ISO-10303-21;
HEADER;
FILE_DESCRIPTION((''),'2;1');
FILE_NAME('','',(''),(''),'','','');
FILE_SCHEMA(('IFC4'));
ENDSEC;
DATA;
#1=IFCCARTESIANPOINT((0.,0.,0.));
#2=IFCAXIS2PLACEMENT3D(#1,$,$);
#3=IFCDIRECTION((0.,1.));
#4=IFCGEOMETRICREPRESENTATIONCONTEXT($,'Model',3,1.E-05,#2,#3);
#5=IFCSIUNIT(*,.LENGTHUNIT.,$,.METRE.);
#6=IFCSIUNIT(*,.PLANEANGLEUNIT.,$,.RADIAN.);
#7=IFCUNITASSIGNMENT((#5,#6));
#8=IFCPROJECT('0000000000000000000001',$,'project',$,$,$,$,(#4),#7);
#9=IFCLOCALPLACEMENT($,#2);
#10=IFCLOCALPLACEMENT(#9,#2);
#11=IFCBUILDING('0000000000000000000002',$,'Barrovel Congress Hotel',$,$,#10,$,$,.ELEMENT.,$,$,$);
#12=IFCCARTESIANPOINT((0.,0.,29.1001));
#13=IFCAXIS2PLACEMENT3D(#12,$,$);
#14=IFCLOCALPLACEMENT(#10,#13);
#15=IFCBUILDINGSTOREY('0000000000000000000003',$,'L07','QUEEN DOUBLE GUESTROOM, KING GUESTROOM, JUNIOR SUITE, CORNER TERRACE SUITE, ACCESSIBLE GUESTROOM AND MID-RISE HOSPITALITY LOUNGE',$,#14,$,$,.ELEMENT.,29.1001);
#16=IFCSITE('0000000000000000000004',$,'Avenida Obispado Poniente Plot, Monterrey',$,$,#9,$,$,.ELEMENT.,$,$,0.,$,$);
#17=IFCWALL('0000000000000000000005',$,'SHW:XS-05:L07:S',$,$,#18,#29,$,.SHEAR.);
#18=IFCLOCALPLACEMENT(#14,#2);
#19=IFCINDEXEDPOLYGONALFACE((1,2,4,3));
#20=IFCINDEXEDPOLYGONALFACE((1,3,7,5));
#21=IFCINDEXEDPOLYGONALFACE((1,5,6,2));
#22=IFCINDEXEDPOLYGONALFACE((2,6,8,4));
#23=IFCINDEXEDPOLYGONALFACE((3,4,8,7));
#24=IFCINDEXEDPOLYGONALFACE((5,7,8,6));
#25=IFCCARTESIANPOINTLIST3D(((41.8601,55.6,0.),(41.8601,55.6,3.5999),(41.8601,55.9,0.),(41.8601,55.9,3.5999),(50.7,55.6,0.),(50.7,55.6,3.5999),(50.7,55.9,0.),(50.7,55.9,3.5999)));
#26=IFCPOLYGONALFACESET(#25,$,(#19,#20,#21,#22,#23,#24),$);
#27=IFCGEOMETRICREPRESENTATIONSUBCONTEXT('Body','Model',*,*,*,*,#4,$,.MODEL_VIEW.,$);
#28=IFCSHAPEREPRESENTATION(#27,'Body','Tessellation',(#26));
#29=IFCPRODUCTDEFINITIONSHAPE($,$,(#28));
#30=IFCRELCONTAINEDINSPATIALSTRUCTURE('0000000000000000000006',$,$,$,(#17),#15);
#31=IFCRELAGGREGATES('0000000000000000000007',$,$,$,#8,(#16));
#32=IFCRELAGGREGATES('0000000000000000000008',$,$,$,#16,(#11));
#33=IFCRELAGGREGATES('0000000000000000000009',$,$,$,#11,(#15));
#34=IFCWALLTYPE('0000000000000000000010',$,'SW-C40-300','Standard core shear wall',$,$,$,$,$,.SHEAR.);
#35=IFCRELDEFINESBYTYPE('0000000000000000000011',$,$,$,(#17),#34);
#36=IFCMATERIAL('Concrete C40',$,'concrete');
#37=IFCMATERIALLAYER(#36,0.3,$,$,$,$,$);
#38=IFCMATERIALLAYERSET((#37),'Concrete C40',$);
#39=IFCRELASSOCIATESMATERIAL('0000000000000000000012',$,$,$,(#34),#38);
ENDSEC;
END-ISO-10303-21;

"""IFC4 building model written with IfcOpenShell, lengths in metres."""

from ifc_helpers import new_model, si_unit, direction, frame, frame_2d, origin, place, context, subcontext, project, spatial, rectangle, extrude, material, layer, layer_set, type_object, element, save


model = new_model("IFC4")

# Units and contexts
model_context = context("Model", 3, precision=1e-05, world=origin(), true_north=direction((0.0, 1.0)))
body_context = subcontext(model_context, "Body", "Model", "MODEL_VIEW")
ifc_project = project(units=[si_unit("LENGTHUNIT", "METRE"), si_unit("PLANEANGLEUNIT", "RADIAN")], contexts=[model_context])

# Site, building, storey
site_placement = place(None, origin())
site = spatial("IfcSite", under=ifc_project, at=site_placement, Name="Avenida Obispado Poniente Plot, Monterrey", CompositionType="ELEMENT", RefElevation=0.0)
building_placement = place(site_placement, origin())
building = spatial("IfcBuilding", under=site, at=building_placement, Name="Barrovel Congress Hotel", CompositionType="ELEMENT")
storey_placement = place(building_placement, frame((0.0, 0.0, 29.1001)))
storey = spatial("IfcBuildingStorey", under=building, at=storey_placement, Name="L07", Description="QUEEN DOUBLE GUESTROOM, KING GUESTROOM, JUNIOR SUITE, CORNER TERRACE SUITE, ACCESSIBLE GUESTROOM AND MID-RISE HOSPITALITY LOUNGE", CompositionType="ELEMENT", Elevation=29.1001)

# Shared definitions
ifc_material_1 = material(Name="Concrete C40", Category="concrete")

# Wall
ifc_layer_1 = layer(ifc_material_1, 0.3)
ifc_layer_set_1 = layer_set([ifc_layer_1], Name="Concrete C40")
wall_type_1 = type_object("IfcWallType", Name="SW-C40-300", Description="Standard core shear wall", PredefinedType="SHEAR", material=ifc_layer_set_1)
wall_1_placement = place(storey_placement, frame((41.8601, 55.75, 0.0), z_axis=(0.0, 0.0, 1.0), x_axis=(1.0, 0.0, 0.0)))
element("IfcWall", 1, at=wall_1_placement, inside=storey, type_object=wall_type_1, Name="SHW:XS-05:L07:S", PredefinedType="SHEAR", context=body_context, shape_type="SweptSolid", body=[
    extrude(rectangle(XDim=8.8398, YDim=0.3, at=frame_2d((4.4199, 0.0))), origin(), (0.0, 0.0, 1.0), 3.5999),
])

save(model, "model.ifc")
